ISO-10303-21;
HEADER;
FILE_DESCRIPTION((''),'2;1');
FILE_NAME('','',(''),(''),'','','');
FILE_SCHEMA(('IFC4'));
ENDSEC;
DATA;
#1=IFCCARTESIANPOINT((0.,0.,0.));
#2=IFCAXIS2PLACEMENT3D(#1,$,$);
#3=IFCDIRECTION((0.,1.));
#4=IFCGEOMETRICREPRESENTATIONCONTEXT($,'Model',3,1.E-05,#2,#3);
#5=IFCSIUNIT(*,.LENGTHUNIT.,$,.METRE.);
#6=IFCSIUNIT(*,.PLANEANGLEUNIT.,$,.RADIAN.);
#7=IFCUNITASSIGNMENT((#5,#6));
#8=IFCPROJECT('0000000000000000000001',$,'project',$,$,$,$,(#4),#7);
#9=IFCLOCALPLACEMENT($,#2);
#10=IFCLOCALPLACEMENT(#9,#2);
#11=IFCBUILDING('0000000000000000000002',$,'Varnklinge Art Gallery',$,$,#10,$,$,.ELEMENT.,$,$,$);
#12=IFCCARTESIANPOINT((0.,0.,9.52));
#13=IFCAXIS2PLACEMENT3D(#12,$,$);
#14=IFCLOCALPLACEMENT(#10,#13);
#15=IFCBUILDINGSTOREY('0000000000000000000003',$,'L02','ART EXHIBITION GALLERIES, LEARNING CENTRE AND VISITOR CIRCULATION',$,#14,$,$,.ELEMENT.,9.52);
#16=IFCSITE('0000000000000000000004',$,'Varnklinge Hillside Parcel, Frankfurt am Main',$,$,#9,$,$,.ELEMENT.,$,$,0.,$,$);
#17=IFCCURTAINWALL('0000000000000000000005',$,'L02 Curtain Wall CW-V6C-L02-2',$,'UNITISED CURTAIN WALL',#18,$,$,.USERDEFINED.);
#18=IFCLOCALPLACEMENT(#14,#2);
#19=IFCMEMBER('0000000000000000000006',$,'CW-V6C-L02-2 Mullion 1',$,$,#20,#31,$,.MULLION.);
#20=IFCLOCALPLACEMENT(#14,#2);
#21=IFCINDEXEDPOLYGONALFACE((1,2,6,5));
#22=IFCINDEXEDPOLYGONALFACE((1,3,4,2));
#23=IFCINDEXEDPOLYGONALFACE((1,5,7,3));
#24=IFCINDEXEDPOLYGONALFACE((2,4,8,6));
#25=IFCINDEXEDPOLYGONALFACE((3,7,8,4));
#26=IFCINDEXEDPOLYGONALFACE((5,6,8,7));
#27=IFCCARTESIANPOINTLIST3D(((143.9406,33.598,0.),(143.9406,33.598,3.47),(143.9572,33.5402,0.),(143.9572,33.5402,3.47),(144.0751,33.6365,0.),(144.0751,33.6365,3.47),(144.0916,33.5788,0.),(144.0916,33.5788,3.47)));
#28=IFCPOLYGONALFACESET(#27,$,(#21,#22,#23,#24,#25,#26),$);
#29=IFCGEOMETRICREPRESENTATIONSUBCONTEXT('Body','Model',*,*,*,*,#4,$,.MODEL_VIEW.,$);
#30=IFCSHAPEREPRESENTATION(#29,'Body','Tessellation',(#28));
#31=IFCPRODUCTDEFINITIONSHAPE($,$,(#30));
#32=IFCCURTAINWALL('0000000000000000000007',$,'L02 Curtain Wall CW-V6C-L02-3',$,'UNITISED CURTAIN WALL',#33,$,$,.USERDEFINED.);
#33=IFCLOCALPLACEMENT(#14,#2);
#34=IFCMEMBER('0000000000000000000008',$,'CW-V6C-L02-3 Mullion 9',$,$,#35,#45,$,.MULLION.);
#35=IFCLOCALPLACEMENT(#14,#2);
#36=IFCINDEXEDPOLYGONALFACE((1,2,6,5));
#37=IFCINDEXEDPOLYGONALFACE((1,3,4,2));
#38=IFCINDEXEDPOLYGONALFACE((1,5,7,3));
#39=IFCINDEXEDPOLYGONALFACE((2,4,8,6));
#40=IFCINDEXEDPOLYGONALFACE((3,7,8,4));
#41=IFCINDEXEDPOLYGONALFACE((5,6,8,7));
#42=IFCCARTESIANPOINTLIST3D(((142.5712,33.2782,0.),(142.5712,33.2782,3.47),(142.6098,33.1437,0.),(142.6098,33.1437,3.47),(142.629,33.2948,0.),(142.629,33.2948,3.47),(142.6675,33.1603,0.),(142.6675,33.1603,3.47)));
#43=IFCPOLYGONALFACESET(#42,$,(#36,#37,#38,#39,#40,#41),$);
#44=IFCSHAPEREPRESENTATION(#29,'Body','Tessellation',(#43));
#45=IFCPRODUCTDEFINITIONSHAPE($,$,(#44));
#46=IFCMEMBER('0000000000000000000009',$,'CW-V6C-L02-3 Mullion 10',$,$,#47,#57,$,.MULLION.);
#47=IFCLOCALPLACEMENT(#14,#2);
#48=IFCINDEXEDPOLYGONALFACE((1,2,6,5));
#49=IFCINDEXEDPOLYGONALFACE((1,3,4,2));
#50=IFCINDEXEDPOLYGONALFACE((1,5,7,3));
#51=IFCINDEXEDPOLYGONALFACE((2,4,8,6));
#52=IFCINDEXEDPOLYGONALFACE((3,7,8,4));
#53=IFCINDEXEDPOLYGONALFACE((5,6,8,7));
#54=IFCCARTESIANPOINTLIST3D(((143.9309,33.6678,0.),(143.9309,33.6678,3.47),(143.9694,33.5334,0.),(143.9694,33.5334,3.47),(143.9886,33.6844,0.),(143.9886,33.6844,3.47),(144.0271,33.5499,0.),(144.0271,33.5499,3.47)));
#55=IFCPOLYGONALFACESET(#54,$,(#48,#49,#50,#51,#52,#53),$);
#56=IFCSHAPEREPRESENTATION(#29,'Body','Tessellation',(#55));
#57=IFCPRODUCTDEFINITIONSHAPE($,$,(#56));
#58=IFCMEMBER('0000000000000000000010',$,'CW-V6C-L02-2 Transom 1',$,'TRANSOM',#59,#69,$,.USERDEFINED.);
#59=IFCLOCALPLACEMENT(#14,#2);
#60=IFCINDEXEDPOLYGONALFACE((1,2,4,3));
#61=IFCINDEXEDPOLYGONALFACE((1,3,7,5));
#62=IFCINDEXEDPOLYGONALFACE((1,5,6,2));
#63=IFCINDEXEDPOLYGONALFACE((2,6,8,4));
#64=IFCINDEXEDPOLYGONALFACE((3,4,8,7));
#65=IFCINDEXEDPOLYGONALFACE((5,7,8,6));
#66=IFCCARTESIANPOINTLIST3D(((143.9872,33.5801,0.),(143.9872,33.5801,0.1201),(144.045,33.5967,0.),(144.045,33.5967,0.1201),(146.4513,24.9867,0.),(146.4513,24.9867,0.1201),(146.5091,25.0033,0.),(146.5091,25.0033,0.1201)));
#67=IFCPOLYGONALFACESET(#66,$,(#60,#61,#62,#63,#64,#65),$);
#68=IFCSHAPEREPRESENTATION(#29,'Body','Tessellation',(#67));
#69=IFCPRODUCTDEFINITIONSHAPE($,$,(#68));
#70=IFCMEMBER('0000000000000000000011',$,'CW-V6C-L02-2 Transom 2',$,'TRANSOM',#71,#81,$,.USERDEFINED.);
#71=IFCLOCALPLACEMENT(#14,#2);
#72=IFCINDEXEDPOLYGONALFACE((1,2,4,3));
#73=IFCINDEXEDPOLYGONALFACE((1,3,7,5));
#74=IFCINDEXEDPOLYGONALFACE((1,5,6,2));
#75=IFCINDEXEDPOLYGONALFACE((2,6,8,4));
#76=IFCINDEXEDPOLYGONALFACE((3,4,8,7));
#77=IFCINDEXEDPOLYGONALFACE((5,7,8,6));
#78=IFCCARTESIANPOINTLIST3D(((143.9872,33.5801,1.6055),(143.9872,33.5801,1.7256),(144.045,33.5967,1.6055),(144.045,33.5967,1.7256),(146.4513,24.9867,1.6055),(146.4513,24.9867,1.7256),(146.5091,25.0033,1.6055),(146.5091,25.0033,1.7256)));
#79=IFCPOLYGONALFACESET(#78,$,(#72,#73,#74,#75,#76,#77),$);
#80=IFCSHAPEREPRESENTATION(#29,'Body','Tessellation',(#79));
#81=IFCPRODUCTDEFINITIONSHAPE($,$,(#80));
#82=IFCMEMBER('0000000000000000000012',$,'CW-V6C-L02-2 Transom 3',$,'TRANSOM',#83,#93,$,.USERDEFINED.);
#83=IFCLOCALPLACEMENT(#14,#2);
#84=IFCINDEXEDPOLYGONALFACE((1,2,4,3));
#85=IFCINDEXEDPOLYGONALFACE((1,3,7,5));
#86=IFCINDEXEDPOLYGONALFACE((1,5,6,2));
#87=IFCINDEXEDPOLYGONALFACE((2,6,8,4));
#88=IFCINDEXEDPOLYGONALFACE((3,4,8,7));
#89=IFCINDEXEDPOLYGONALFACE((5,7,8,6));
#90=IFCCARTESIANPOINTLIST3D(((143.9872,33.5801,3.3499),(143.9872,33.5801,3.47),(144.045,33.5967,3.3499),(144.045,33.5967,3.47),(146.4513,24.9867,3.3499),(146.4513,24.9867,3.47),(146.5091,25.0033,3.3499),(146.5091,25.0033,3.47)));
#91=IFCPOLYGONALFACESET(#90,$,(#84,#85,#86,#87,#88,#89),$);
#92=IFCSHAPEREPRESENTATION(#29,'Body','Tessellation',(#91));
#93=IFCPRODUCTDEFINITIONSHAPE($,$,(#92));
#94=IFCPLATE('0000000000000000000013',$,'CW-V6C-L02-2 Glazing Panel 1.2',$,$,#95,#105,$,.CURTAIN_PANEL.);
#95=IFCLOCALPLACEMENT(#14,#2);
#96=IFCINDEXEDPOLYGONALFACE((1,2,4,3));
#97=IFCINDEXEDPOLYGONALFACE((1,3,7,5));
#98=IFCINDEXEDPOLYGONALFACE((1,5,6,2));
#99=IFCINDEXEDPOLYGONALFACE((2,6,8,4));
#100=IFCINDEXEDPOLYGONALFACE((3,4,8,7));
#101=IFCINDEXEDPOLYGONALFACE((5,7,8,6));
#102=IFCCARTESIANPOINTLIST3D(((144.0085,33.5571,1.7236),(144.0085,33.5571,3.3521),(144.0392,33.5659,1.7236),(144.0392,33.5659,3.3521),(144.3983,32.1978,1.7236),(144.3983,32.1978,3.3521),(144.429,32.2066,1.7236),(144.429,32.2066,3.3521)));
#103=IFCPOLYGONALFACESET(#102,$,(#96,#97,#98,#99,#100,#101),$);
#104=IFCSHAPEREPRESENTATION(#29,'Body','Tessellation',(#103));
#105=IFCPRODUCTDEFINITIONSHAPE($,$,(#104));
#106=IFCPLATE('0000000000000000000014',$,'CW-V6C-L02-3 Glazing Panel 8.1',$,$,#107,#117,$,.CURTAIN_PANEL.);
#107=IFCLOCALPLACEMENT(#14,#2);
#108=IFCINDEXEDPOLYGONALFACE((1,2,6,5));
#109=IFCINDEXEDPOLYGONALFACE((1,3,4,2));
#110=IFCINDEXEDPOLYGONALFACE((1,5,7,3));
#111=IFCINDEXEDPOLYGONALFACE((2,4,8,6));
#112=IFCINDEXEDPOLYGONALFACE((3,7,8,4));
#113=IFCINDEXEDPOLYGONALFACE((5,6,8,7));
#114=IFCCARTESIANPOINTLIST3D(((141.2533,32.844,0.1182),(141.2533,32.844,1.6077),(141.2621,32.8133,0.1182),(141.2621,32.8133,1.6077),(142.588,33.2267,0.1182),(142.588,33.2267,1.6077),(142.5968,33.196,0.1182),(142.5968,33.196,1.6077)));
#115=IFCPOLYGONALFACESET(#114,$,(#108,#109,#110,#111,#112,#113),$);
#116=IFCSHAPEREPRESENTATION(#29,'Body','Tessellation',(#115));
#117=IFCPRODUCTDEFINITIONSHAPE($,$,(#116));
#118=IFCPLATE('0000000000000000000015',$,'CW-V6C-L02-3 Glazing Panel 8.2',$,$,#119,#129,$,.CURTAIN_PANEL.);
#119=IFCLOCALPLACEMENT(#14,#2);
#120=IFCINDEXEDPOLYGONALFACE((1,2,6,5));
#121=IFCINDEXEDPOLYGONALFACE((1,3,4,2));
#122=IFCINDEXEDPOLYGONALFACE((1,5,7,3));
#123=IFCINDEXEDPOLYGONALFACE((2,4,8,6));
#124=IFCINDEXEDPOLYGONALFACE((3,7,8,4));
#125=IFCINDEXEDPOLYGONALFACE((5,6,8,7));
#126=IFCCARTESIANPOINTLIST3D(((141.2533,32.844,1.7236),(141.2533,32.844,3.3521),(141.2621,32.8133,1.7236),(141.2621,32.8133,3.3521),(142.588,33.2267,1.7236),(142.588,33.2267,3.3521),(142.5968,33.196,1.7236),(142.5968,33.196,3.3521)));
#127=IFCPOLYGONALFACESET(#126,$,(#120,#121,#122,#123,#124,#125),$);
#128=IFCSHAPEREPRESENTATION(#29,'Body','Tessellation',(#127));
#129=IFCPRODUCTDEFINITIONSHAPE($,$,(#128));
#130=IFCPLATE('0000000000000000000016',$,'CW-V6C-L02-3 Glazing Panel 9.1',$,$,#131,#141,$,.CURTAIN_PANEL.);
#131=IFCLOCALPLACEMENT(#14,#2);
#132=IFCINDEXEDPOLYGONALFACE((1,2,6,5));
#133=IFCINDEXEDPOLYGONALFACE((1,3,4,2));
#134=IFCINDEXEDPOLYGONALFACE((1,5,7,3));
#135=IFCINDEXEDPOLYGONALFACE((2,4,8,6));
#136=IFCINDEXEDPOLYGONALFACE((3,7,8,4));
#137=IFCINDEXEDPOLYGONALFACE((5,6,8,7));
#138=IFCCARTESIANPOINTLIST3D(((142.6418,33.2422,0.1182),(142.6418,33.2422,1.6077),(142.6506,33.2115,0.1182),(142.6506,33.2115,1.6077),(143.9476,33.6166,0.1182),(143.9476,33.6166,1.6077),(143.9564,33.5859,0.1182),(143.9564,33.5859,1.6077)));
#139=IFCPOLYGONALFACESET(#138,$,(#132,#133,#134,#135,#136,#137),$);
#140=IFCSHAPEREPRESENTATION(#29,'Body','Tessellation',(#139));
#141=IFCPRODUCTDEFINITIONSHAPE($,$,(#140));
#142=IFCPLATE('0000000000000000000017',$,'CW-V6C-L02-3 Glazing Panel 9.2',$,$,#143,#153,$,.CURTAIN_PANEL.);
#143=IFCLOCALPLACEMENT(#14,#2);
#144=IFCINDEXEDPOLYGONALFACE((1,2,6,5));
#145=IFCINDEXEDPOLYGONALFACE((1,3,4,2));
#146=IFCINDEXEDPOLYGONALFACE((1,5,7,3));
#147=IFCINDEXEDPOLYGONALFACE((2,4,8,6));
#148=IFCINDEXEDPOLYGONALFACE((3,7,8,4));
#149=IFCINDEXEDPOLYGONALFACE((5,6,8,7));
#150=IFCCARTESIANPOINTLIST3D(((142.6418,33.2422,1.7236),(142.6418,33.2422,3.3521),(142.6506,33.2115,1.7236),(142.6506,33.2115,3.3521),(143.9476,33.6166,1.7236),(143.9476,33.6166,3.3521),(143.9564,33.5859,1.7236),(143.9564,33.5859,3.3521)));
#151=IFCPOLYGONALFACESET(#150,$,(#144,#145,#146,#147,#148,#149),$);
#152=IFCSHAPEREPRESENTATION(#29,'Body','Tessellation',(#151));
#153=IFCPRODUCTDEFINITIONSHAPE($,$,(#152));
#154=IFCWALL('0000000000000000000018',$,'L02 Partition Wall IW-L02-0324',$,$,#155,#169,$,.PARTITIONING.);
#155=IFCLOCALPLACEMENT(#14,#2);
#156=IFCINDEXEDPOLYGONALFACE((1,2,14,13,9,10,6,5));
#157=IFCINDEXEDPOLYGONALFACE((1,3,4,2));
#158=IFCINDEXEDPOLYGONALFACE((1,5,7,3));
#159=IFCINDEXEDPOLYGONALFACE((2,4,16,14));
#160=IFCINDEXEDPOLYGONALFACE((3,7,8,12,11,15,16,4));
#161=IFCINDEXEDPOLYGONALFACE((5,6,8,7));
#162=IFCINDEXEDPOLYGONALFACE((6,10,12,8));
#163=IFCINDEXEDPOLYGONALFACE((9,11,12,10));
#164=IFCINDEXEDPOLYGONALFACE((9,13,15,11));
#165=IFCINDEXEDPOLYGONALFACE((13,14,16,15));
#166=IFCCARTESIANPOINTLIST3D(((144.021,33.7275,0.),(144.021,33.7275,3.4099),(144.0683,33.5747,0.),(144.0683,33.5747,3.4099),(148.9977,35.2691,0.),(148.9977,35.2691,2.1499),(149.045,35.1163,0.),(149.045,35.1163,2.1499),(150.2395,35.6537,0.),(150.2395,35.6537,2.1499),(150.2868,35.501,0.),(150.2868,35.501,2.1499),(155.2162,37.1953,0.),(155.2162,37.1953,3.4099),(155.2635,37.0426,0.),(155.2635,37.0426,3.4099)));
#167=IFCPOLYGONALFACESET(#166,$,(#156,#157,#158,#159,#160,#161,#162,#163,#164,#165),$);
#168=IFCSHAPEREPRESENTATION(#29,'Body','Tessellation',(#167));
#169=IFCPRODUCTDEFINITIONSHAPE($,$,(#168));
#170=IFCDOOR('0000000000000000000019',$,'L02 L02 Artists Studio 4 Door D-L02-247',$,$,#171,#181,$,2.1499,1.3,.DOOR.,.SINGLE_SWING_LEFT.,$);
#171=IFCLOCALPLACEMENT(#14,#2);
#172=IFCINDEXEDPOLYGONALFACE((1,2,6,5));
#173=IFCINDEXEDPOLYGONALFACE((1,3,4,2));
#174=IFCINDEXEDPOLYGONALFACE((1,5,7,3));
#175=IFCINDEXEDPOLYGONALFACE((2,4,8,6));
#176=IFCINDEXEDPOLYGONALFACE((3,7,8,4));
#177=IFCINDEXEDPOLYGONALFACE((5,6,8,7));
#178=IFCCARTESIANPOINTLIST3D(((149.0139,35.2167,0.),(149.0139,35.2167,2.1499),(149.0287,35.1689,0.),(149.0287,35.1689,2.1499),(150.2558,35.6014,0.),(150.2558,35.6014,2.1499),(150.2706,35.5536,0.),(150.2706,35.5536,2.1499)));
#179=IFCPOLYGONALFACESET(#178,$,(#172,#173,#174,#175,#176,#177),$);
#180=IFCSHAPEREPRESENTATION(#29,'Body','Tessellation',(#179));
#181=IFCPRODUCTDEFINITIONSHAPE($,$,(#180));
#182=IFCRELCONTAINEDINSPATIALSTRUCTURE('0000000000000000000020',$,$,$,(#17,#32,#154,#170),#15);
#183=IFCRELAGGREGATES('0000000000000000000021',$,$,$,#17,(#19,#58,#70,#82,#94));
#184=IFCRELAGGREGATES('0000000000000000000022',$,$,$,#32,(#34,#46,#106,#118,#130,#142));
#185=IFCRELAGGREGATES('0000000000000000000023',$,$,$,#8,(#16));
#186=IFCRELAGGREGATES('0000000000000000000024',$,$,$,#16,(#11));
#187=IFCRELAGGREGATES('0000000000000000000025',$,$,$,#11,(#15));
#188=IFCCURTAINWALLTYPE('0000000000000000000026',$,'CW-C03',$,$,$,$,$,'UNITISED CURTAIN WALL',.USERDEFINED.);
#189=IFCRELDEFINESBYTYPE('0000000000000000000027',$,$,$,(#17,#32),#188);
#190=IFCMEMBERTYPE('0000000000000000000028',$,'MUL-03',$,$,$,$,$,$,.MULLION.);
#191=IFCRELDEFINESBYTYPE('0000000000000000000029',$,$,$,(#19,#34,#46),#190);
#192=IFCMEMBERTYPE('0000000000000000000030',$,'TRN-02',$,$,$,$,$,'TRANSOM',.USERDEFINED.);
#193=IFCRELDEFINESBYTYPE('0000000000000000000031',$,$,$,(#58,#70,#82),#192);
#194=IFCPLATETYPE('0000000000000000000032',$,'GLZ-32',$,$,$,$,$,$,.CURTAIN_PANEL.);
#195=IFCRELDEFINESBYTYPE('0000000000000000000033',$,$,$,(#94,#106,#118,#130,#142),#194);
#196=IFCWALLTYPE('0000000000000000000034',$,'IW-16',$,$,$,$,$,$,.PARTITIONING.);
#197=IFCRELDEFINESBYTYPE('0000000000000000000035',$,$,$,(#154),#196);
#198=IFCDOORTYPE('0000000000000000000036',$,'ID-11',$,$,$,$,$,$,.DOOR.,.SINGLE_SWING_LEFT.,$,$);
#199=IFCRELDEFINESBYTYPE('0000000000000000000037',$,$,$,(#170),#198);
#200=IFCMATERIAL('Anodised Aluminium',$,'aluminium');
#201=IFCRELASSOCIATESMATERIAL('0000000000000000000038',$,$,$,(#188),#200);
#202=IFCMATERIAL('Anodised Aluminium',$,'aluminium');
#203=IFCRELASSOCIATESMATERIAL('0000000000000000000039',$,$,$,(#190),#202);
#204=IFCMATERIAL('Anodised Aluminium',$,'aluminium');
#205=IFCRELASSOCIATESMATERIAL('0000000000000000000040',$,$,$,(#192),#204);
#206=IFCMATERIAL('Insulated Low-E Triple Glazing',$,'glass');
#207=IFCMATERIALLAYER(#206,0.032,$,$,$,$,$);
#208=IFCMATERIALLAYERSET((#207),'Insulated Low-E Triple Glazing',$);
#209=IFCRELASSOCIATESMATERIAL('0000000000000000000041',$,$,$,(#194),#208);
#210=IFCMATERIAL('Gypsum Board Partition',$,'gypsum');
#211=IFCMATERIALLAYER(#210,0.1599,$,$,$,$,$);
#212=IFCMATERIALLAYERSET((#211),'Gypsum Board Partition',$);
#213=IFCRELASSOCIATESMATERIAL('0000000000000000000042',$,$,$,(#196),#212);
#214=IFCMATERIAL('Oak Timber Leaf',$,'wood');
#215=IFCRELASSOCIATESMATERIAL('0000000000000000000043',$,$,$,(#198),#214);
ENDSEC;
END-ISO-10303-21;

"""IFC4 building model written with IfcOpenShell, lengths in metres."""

from ifc_helpers import new_model, si_unit, direction, frame, frame_2d, origin, origin_2d, place, context, subcontext, project, spatial, rectangle, extrude, material, layer, layer_set, material_profile, profile_set, type_object, element, fill, aggregate, save


model = new_model("IFC4")

# Units and contexts
model_context = context("Model", 3, precision=1e-05, world=origin(), true_north=direction((0.0, 1.0)))
body_context = subcontext(model_context, "Body", "Model", "MODEL_VIEW")
ifc_project = project(units=[si_unit("LENGTHUNIT", "METRE"), si_unit("PLANEANGLEUNIT", "RADIAN")], contexts=[model_context])

# Site, building, storey
site_placement = place(None, origin())
site = spatial("IfcSite", under=ifc_project, at=site_placement, Name="Varnklinge Hillside Parcel, Frankfurt am Main", CompositionType="ELEMENT", RefElevation=0.0)
building_placement = place(site_placement, origin())
building = spatial("IfcBuilding", under=site, at=building_placement, Name="Varnklinge Art Gallery", CompositionType="ELEMENT")
storey_placement = place(building_placement, frame((0.0, 0.0, 9.52)))
storey = spatial("IfcBuildingStorey", under=building, at=storey_placement, Name="L02", Description="ART EXHIBITION GALLERIES, LEARNING CENTRE AND VISITOR CIRCULATION", CompositionType="ELEMENT", Elevation=9.52)

# Curtain wall, member
ifc_material_1 = material(Name="Anodised Aluminium", Category="aluminium")
curtain_wall_type = type_object("IfcCurtainWallType", Name="CW-C03", ElementType="UNITISED CURTAIN WALL", PredefinedType="USERDEFINED", material=ifc_material_1)
curtain_wall_1_placement = place(storey_placement, origin())
curtain_wall_1 = element("IfcCurtainWall", 1, at=curtain_wall_1_placement, inside=storey, type_object=curtain_wall_type, Name="L02 Curtain Wall CW-V6C-L02-2", ObjectType="UNITISED CURTAIN WALL", PredefinedType="USERDEFINED")
ifc_material_2 = material(Name="Anodised Aluminium", Category="aluminium")
ifc_material_profile_1 = material_profile(ifc_material_2, rectangle(XDim=0.0601, YDim=0.1399, at=origin_2d()), Name="ALU 60x140")
ifc_profile_set_1 = profile_set([ifc_material_profile_1], Name="Anodised Aluminium")
member_type_1 = type_object("IfcMemberType", Name="MUL-03", PredefinedType="MULLION", material=ifc_profile_set_1)
member_1_placement = place(storey_placement, frame((144.0161, 33.5884, 0.0), z_axis=(0.0, 0.0, 1.0), x_axis=(0.275637, -0.961262, 0.0)))
member_1 = element("IfcMember", 2, at=member_1_placement, type_object=member_type_1, Name="CW-V6C-L02-2 Mullion 1", PredefinedType="MULLION", context=body_context, shape_type="SweptSolid", body=[
    extrude(rectangle(XDim=0.0601, YDim=0.1399, at=origin_2d()), origin(), (0.0, 0.0, 1.0), 3.47),
])

# Curtain wall, members
curtain_wall_2_placement = place(storey_placement, origin())
curtain_wall_2 = element("IfcCurtainWall", 3, at=curtain_wall_2_placement, inside=storey, type_object=curtain_wall_type, Name="L02 Curtain Wall CW-V6C-L02-3", ObjectType="UNITISED CURTAIN WALL", PredefinedType="USERDEFINED")
member_2_placement = place(storey_placement, frame((142.6194, 33.2192, 0.0), z_axis=(0.0, 0.0, 1.0), x_axis=(0.961262, 0.275637, 0.0)))
member_2 = element("IfcMember", 4, at=member_2_placement, type_object=member_type_1, Name="CW-V6C-L02-3 Mullion 9", PredefinedType="MULLION", context=body_context, shape_type="SweptSolid", body=[
    extrude(rectangle(XDim=0.0601, YDim=0.1399, at=origin_2d()), origin(), (0.0, 0.0, 1.0), 3.47),
])
member_3_placement = place(storey_placement, frame((143.979, 33.6089, 0.0), z_axis=(0.0, 0.0, 1.0), x_axis=(0.961262, 0.275637, 0.0)))
member_3 = element("IfcMember", 5, at=member_3_placement, type_object=member_type_1, Name="CW-V6C-L02-3 Mullion 10", PredefinedType="MULLION", context=body_context, shape_type="SweptSolid", body=[
    extrude(rectangle(XDim=0.0601, YDim=0.1399, at=origin_2d()), origin(), (0.0, 0.0, 1.0), 3.47),
])

# Members
ifc_material_3 = material(Name="Anodised Aluminium", Category="aluminium")
ifc_material_profile_2 = material_profile(ifc_material_3, rectangle(XDim=0.0601, YDim=0.1201, at=origin_2d()), Name="ALU 60x120")
ifc_profile_set_2 = profile_set([ifc_material_profile_2], Name="Anodised Aluminium")
member_type_2 = type_object("IfcMemberType", Name="TRN-02", ElementType="TRANSOM", PredefinedType="USERDEFINED", material=ifc_profile_set_2)
member_4_placement = place(storey_placement, frame((144.0161, 33.5884, 0.0601), z_axis=(0.275634, -0.961263, 0.0), x_axis=(0.961263, 0.275634, 0.0)))
member_4 = element("IfcMember", 6, at=member_4_placement, type_object=member_type_2, Name="CW-V6C-L02-2 Transom 1", ObjectType="TRANSOM", PredefinedType="USERDEFINED", context=body_context, shape_type="SweptSolid", body=[
    extrude(rectangle(XDim=0.0601, YDim=0.1201, at=origin_2d()), origin(), (0.0, 0.0, 1.0), 8.9397),
])
member_5_placement = place(storey_placement, frame((144.0161, 33.5884, 1.6655), z_axis=(0.275634, -0.961263, 0.0), x_axis=(0.961263, 0.275634, 0.0)))
member_5 = element("IfcMember", 7, at=member_5_placement, type_object=member_type_2, Name="CW-V6C-L02-2 Transom 2", ObjectType="TRANSOM", PredefinedType="USERDEFINED", context=body_context, shape_type="SweptSolid", body=[
    extrude(rectangle(XDim=0.0601, YDim=0.1201, at=origin_2d()), origin(), (0.0, 0.0, 1.0), 8.9397),
])
member_6_placement = place(storey_placement, frame((144.0161, 33.5884, 3.4099), z_axis=(0.275634, -0.961263, 0.0), x_axis=(0.961263, 0.275634, 0.0)))
member_6 = element("IfcMember", 8, at=member_6_placement, type_object=member_type_2, Name="CW-V6C-L02-2 Transom 3", ObjectType="TRANSOM", PredefinedType="USERDEFINED", context=body_context, shape_type="SweptSolid", body=[
    extrude(rectangle(XDim=0.0601, YDim=0.1201, at=origin_2d()), origin(), (0.0, 0.0, 1.0), 8.9397),
])

# Plates
ifc_material_4 = material(Name="Insulated Low-E Triple Glazing", Category="glass")
ifc_layer_1 = layer(ifc_material_4, 0.032)
ifc_layer_set_1 = layer_set([ifc_layer_1], Name="Insulated Low-E Triple Glazing")
plate_type = type_object("IfcPlateType", Name="GLZ-32", PredefinedType="CURTAIN_PANEL", material=ifc_layer_set_1)
plate_1_placement = place(storey_placement, frame((144.2188, 32.8818, 1.7236), z_axis=(0.0, 0.0, 1.0), x_axis=(0.275637, -0.961262, 0.0)))
plate_1 = element("IfcPlate", 9, at=plate_1_placement, type_object=plate_type, Name="CW-V6C-L02-2 Glazing Panel 1.2", PredefinedType="CURTAIN_PANEL", context=body_context, shape_type="SweptSolid", body=[
    extrude(rectangle(XDim=1.4141, YDim=0.032, at=origin_2d()), origin(), (0.0, 0.0, 1.0), 1.6284),
])
aggregate(curtain_wall_1, [member_1, member_4, member_5, member_6, plate_1])
plate_2_placement = place(storey_placement, frame((141.925, 33.02, 0.1182), z_axis=(0.0, 0.0, 1.0), x_axis=(0.961262, 0.275637, 0.0)))
plate_2 = element("IfcPlate", 10, at=plate_2_placement, type_object=plate_type, Name="CW-V6C-L02-3 Glazing Panel 8.1", PredefinedType="CURTAIN_PANEL", context=body_context, shape_type="SweptSolid", body=[
    extrude(rectangle(XDim=1.3884, YDim=0.032, at=origin_2d()), origin(), (0.0, 0.0, 1.0), 1.4895),
])
plate_3_placement = place(storey_placement, frame((141.925, 33.02, 1.7236), z_axis=(0.0, 0.0, 1.0), x_axis=(0.961262, 0.275637, 0.0)))
plate_3 = element("IfcPlate", 11, at=plate_3_placement, type_object=plate_type, Name="CW-V6C-L02-3 Glazing Panel 8.2", PredefinedType="CURTAIN_PANEL", context=body_context, shape_type="SweptSolid", body=[
    extrude(rectangle(XDim=1.3884, YDim=0.032, at=origin_2d()), origin(), (0.0, 0.0, 1.0), 1.6284),
])
plate_4_placement = place(storey_placement, frame((143.2991, 33.4141, 0.1182), z_axis=(0.0, 0.0, 1.0), x_axis=(0.961262, 0.275637, 0.0)))
plate_4 = element("IfcPlate", 12, at=plate_4_placement, type_object=plate_type, Name="CW-V6C-L02-3 Glazing Panel 9.1", PredefinedType="CURTAIN_PANEL", context=body_context, shape_type="SweptSolid", body=[
    extrude(rectangle(XDim=1.3584, YDim=0.032, at=origin_2d()), origin(), (0.0, 0.0, 1.0), 1.4895),
])
plate_5_placement = place(storey_placement, frame((143.2991, 33.4141, 1.7236), z_axis=(0.0, 0.0, 1.0), x_axis=(0.961262, 0.275637, 0.0)))
plate_5 = element("IfcPlate", 13, at=plate_5_placement, type_object=plate_type, Name="CW-V6C-L02-3 Glazing Panel 9.2", PredefinedType="CURTAIN_PANEL", context=body_context, shape_type="SweptSolid", body=[
    extrude(rectangle(XDim=1.3584, YDim=0.032, at=origin_2d()), origin(), (0.0, 0.0, 1.0), 1.6284),
])
aggregate(curtain_wall_2, [member_2, member_3, plate_2, plate_3, plate_4, plate_5])

# Wall, opening, door
ifc_material_5 = material(Name="Gypsum Board Partition", Category="gypsum")
ifc_layer_2 = layer(ifc_material_5, 0.1599)
ifc_layer_set_2 = layer_set([ifc_layer_2], Name="Gypsum Board Partition")
wall_type = type_object("IfcWallType", Name="IW-16", PredefinedType="PARTITIONING", material=ifc_layer_set_2)
wall_placement = place(storey_placement, frame((155.2397, 37.1189, 0.0), z_axis=(0.0, 0.0, 1.0), x_axis=(-0.955222, -0.295889, 0.0)))
wall = element("IfcWall", 14, at=wall_placement, inside=storey, type_object=wall_type, Name="L02 Partition Wall IW-L02-0324", PredefinedType="PARTITIONING", context=body_context, shape_type="SweptSolid", body=[
    extrude(rectangle(XDim=11.72, YDim=0.1599, at=frame_2d((5.8599, 0.0))), origin(), (0.0, 0.0, 1.0), 3.4099),
])
opening_placement = place(wall_placement, frame((5.21, 0.0, 0.0)))
opening = element("IfcOpeningElement", 15, at=opening_placement, cuts=wall, PredefinedType="OPENING", context=body_context, shape_type="SweptSolid", body=[
    extrude(rectangle(XDim=1.3, YDim=2.1499, at=frame_2d((0.6499, 1.075))), frame((0.0, 0.0901, 0.0), z_axis=(0.0, -1.0, 0.0), x_axis=(1.0, 0.0, 0.0)), (0.0, 0.0, 1.0), 0.1799),
])
ifc_material_6 = material(Name="Oak Timber Leaf", Category="wood")
door_type = type_object("IfcDoorType", Name="ID-11", OperationType="SINGLE_SWING_LEFT", PredefinedType="DOOR", material=ifc_material_6)
door_placement = place(opening_placement, origin())
door = element("IfcDoor", 16, at=door_placement, inside=storey, type_object=door_type, Name="L02 L02 Artists Studio 4 Door D-L02-247", OperationType="SINGLE_SWING_LEFT", OverallHeight=2.1499, OverallWidth=1.3, PredefinedType="DOOR", context=body_context, shape_type="SweptSolid", body=[
    extrude(rectangle(XDim=1.3, YDim=2.1499, at=frame_2d((0.6499, 1.075))), frame((0.0, 0.0249, 0.0), z_axis=(0.0, -1.0, 0.0), x_axis=(1.0, 0.0, 0.0)), (0.0, 0.0, 1.0), 0.05),
])
fill(opening, door)

save(model, "model.ifc")
